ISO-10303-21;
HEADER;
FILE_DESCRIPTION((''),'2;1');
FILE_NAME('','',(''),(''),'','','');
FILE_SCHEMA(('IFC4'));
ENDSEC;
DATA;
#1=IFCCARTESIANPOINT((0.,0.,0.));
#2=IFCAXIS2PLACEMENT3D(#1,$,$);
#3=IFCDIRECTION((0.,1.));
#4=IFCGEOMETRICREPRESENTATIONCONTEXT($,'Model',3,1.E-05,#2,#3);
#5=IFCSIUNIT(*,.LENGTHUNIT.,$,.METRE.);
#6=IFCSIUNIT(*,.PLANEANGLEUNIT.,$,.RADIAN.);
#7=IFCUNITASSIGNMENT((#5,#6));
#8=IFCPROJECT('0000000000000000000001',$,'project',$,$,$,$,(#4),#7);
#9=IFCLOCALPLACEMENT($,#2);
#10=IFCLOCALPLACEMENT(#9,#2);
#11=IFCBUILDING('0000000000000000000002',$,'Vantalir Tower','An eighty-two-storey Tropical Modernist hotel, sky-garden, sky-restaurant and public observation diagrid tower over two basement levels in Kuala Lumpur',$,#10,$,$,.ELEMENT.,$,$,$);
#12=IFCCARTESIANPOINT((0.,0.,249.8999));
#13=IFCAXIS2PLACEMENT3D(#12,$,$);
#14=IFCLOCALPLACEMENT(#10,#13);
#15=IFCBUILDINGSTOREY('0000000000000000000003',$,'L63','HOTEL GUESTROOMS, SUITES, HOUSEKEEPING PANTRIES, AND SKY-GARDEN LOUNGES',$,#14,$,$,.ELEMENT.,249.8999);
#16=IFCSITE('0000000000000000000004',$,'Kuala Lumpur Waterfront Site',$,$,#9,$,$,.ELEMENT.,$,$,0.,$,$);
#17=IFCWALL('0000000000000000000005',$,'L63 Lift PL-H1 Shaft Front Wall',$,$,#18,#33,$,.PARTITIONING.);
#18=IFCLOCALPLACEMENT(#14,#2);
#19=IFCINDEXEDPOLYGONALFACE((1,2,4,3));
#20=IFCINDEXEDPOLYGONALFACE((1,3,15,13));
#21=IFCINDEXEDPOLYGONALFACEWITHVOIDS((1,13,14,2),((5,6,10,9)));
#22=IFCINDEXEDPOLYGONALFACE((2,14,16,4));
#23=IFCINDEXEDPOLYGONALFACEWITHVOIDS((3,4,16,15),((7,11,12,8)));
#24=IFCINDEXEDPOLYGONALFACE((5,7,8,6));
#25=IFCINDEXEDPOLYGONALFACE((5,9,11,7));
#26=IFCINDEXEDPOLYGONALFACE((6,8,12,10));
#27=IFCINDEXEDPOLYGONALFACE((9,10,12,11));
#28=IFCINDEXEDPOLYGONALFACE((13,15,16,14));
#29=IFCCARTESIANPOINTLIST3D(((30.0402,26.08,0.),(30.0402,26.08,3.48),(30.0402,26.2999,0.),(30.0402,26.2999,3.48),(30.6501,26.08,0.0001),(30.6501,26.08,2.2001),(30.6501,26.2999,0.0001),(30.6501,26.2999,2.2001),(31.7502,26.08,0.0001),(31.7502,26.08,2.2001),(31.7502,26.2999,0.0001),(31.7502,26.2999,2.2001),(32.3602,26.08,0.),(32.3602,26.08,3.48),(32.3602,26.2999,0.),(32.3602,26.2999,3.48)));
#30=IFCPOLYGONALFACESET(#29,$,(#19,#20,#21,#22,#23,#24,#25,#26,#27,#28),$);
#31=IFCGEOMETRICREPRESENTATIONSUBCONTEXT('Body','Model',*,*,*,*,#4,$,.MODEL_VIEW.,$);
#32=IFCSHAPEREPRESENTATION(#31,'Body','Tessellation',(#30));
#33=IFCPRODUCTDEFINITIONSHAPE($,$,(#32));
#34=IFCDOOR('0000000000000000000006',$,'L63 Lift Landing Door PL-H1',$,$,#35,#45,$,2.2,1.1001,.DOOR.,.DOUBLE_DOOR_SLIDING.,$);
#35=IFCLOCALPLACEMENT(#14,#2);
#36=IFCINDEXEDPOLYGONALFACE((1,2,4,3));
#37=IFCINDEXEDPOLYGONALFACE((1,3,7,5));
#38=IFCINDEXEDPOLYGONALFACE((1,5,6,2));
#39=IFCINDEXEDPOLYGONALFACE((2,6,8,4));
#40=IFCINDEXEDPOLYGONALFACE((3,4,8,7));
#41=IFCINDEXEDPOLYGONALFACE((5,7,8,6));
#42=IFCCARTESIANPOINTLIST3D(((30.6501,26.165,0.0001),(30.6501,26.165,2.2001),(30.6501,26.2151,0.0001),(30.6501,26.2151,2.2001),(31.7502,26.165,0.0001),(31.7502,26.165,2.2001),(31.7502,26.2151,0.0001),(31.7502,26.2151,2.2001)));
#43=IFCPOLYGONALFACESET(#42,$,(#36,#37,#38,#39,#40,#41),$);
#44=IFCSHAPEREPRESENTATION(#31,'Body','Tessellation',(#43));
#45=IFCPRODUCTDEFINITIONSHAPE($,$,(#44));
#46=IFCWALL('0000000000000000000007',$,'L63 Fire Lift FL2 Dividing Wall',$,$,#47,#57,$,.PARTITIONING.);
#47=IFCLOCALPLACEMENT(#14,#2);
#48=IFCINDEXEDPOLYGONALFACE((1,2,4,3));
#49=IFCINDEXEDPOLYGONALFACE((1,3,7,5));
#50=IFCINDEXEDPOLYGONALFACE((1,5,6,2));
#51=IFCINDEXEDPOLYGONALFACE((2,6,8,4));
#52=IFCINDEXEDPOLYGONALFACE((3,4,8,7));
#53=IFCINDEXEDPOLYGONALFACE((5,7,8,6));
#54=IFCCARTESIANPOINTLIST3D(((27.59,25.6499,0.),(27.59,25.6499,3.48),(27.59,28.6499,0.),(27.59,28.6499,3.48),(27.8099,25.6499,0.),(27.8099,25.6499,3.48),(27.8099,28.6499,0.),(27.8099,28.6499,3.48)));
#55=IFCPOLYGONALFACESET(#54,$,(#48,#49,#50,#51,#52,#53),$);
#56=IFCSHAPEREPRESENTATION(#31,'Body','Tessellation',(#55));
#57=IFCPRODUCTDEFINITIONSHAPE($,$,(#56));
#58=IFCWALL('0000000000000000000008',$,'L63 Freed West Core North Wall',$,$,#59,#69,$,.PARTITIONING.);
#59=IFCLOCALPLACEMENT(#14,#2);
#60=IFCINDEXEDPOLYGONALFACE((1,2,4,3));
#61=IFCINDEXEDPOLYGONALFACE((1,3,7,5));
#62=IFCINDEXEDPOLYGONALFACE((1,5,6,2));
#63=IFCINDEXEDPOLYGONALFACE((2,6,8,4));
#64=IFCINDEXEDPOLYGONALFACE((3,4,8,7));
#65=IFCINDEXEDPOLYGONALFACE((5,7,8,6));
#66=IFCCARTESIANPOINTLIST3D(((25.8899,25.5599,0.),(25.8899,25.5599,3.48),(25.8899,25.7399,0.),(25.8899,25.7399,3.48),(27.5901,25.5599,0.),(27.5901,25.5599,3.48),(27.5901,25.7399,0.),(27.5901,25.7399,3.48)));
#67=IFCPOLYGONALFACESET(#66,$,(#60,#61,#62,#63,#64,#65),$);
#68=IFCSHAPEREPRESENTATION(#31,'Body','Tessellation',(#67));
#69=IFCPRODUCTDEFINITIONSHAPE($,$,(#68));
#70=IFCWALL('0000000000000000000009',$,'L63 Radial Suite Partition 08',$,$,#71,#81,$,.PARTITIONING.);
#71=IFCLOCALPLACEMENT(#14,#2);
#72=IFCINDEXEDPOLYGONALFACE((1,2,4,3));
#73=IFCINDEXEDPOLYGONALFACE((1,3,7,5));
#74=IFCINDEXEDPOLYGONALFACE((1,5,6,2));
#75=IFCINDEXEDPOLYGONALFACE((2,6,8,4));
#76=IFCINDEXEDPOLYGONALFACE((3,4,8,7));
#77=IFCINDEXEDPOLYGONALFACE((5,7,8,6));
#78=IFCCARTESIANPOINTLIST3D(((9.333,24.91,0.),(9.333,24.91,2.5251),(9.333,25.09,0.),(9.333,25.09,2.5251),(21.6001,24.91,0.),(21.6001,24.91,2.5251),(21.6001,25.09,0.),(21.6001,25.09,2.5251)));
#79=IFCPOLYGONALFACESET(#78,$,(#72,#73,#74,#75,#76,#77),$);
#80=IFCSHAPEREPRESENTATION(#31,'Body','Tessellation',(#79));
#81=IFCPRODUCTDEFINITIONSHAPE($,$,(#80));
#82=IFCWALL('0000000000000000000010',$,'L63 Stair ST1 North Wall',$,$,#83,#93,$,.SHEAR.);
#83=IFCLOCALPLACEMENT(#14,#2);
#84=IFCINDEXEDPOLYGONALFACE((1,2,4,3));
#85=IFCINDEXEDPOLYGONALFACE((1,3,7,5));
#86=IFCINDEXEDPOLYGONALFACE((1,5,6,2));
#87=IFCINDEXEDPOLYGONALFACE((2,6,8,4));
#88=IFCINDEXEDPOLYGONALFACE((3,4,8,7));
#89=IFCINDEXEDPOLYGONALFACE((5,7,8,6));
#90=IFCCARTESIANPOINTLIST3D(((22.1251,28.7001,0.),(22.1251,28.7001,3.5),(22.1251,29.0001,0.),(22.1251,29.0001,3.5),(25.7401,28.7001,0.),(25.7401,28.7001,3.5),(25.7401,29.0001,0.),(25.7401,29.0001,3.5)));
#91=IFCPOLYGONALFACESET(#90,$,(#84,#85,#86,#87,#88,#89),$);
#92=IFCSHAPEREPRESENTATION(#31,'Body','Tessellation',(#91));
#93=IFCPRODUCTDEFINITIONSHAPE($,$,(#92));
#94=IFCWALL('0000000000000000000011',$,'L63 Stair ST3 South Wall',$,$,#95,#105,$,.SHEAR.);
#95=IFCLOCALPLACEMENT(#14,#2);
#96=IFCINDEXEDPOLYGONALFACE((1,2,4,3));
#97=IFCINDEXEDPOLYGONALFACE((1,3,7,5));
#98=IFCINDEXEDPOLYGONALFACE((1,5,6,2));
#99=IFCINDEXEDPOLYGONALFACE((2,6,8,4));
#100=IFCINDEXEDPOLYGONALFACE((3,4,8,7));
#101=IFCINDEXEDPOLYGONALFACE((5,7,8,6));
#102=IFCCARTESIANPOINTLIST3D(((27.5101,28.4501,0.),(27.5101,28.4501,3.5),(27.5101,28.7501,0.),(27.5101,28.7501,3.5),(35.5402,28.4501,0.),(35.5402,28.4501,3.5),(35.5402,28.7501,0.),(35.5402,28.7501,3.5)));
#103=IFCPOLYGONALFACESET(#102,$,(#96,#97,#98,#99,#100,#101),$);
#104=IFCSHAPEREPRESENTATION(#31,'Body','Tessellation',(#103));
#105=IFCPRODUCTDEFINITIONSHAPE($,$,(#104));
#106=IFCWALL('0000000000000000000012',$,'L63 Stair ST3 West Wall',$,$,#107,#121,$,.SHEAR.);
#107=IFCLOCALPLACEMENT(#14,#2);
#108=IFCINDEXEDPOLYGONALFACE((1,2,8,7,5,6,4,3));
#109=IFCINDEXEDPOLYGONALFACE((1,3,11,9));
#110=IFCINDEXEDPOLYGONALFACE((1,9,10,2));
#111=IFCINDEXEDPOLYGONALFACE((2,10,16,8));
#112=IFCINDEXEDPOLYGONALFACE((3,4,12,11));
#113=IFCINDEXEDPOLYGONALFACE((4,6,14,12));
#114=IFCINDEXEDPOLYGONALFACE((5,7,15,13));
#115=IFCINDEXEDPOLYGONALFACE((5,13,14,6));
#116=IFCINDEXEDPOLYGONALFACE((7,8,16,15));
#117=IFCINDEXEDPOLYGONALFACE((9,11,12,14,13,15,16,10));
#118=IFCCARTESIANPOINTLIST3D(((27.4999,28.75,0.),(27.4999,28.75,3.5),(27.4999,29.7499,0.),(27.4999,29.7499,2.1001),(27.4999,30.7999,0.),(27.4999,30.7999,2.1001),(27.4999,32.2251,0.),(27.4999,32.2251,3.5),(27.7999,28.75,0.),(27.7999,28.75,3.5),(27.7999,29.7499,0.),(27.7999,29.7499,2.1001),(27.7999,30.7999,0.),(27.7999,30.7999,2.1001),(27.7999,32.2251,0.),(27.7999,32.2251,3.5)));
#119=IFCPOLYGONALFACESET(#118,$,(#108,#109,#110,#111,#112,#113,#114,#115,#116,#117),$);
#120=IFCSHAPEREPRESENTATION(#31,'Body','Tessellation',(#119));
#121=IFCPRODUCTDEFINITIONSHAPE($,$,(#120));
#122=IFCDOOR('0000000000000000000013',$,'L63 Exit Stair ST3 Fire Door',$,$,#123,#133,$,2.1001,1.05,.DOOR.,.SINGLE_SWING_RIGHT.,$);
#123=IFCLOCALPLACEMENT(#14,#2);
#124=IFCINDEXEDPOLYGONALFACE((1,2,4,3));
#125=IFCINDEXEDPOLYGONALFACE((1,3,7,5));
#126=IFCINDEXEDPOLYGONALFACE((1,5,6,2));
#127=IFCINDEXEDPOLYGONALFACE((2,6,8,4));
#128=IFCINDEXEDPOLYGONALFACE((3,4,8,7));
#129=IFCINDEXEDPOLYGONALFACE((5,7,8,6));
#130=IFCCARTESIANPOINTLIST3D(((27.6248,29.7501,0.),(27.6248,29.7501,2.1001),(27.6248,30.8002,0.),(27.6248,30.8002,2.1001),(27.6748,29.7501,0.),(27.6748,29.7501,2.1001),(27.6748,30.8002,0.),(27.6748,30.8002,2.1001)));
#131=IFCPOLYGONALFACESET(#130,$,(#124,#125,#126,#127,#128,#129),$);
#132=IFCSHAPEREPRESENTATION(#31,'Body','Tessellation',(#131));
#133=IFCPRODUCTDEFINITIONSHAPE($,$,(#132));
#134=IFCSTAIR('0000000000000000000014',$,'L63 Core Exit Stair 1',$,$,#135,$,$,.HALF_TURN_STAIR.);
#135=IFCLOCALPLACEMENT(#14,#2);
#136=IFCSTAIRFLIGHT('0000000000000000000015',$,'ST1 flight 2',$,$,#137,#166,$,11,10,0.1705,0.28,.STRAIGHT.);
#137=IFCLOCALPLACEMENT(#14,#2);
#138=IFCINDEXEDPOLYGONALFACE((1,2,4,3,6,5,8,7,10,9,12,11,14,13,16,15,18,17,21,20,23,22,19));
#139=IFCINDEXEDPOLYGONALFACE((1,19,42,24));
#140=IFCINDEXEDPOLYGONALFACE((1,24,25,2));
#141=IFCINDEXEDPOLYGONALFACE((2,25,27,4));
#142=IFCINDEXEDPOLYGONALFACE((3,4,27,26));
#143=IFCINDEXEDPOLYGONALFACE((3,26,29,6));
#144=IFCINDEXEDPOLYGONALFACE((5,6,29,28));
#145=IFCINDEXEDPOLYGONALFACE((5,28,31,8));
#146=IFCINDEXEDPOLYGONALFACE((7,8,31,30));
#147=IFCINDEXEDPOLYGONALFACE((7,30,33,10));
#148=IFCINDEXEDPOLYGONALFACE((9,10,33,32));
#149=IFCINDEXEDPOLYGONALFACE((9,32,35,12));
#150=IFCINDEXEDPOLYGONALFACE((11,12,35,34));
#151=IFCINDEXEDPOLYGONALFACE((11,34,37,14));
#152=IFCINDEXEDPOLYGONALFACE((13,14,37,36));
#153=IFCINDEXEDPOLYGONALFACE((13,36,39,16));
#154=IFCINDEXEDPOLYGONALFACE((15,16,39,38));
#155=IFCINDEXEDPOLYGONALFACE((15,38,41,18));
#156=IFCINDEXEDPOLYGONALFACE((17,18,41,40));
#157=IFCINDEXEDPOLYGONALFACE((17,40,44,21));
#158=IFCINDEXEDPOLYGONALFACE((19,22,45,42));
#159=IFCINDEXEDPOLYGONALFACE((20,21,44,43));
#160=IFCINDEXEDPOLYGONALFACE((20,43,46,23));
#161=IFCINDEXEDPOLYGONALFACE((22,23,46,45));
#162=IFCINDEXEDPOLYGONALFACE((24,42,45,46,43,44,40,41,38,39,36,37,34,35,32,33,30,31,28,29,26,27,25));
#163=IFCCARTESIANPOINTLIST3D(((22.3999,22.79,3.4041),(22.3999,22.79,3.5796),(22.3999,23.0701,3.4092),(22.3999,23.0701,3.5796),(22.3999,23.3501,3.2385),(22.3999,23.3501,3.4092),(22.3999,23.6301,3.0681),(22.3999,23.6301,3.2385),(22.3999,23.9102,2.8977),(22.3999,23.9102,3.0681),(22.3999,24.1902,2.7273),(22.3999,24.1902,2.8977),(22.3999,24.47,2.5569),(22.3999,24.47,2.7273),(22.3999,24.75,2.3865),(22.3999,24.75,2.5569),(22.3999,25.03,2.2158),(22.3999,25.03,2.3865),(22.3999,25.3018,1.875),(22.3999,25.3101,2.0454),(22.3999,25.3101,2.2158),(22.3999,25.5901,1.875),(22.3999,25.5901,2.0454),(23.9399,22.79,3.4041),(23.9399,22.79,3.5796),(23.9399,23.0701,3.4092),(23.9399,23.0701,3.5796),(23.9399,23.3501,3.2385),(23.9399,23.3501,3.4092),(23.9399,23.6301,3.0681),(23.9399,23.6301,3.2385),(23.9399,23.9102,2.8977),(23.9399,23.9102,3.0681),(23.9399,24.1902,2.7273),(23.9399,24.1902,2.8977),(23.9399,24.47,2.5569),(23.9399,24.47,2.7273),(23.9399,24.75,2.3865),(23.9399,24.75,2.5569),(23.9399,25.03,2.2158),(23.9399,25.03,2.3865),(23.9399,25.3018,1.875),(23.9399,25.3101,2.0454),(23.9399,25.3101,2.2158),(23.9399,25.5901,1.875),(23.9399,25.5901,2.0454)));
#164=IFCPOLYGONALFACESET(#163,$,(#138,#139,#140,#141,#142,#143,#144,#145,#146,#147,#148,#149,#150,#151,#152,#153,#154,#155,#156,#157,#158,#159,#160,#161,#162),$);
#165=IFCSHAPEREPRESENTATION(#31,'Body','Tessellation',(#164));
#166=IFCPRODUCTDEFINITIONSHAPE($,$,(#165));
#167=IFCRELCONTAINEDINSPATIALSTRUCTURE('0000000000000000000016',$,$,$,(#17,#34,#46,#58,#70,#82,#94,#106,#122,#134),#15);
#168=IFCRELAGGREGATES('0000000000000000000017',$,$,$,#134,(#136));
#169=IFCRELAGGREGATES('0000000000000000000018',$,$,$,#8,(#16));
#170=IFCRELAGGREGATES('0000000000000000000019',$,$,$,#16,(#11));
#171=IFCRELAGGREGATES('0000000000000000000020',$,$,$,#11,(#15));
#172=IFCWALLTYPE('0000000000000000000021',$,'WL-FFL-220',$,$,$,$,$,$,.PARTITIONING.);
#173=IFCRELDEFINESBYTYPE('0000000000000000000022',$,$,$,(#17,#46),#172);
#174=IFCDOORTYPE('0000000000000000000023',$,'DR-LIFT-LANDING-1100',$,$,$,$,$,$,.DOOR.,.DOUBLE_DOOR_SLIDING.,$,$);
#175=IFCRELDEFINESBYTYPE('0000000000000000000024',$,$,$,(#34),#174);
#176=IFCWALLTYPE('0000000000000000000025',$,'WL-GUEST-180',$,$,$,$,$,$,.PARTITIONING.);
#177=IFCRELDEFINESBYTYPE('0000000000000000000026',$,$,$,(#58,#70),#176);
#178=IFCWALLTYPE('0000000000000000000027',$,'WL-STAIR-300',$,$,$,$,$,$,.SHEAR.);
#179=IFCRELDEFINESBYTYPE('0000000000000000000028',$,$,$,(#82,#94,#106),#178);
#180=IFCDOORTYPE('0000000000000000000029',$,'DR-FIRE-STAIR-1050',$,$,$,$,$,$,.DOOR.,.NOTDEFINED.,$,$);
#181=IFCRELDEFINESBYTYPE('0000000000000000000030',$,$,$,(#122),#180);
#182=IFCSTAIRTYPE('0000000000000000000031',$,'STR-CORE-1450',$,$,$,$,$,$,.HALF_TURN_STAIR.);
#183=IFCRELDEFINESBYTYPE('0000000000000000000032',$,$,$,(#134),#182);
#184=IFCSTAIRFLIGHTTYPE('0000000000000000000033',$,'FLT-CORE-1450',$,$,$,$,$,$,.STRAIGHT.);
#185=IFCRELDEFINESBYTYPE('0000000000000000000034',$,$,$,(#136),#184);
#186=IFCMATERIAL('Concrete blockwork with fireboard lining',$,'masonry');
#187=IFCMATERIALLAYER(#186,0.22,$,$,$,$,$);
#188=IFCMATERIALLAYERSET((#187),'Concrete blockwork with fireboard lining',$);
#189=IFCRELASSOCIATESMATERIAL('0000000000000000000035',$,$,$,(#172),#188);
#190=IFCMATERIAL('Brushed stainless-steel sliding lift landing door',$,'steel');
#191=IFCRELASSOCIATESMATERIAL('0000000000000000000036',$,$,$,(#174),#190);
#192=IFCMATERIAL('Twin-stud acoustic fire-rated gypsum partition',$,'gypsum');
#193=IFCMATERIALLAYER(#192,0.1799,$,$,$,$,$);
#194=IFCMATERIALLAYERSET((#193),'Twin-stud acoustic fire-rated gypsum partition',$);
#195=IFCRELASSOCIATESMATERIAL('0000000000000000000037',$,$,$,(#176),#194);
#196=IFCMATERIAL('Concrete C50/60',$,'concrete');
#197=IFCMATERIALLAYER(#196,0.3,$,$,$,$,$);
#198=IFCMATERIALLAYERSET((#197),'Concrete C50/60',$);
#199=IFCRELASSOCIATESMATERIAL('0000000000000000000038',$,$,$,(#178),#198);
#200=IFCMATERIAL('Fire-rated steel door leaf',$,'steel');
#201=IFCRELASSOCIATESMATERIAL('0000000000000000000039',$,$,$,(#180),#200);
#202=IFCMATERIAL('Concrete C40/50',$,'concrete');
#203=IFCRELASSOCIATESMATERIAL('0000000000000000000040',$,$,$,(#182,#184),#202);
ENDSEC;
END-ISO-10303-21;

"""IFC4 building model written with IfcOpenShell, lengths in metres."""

from ifc_helpers import new_model, si_unit, direction, frame, frame_2d, origin, place, context, subcontext, project, spatial, polyline, rectangle, outline, extrude, material, layer, layer_set, type_object, element, fill, aggregate, save


model = new_model("IFC4")

# Units and contexts
model_context = context("Model", 3, precision=1e-05, world=origin(), true_north=direction((0.0, 1.0)))
body_context = subcontext(model_context, "Body", "Model", "MODEL_VIEW")
ifc_project = project(units=[si_unit("LENGTHUNIT", "METRE"), si_unit("PLANEANGLEUNIT", "RADIAN")], contexts=[model_context])

# Site, building, storey
site_placement = place(None, origin())
site = spatial("IfcSite", under=ifc_project, at=site_placement, Name="Kuala Lumpur Waterfront Site", CompositionType="ELEMENT", RefElevation=0.0)
building_placement = place(site_placement, origin())
building = spatial("IfcBuilding", under=site, at=building_placement, Name="Vantalir Tower", Description="An eighty-two-storey Tropical Modernist hotel, sky-garden, sky-restaurant and public observation diagrid tower over two basement levels in Kuala Lumpur", CompositionType="ELEMENT")
storey_placement = place(building_placement, frame((0.0, 0.0, 249.8999)))
storey = spatial("IfcBuildingStorey", under=building, at=storey_placement, Name="L63", Description="HOTEL GUESTROOMS, SUITES, HOUSEKEEPING PANTRIES, AND SKY-GARDEN LOUNGES", CompositionType="ELEMENT", Elevation=249.8999)

# Shared definitions
ifc_material_1 = material(Name="Concrete C50/60", Category="concrete")

# Shared definitions
ifc_material_2 = material(Name="Concrete blockwork with fireboard lining", Category="masonry")
ifc_layer_1 = layer(ifc_material_2, 0.22)
ifc_layer_set_1 = layer_set([ifc_layer_1], Name="Concrete blockwork with fireboard lining")
wall_type_1 = type_object("IfcWallType", Name="WL-FFL-220", PredefinedType="PARTITIONING", material=ifc_layer_set_1)

# Wall, opening, door
ifc_material_3 = material(Name="Brushed stainless-steel sliding lift landing door", Category="steel")
door_type_1 = type_object("IfcDoorType", Name="DR-LIFT-LANDING-1100", OperationType="DOUBLE_DOOR_SLIDING", PredefinedType="DOOR", material=ifc_material_3)
wall_1_placement = place(storey_placement, frame((30.04, 26.1899, 0.0), z_axis=(0.0, 0.0, 1.0), x_axis=(1.0, 0.0, 0.0)))
wall_1 = element("IfcWall", 1, at=wall_1_placement, inside=storey, type_object=wall_type_1, Name="L63 Lift PL-H1 Shaft Front Wall", PredefinedType="PARTITIONING", context=body_context, shape_type="SweptSolid", body=[
    extrude(rectangle(XDim=2.3201, YDim=0.22, at=frame_2d((1.1602, 0.0))), origin(), (0.0, 0.0, 1.0), 3.48),
])
opening_1_placement = place(wall_1_placement, frame((0.6101, 0.0, 0.0)))
opening_1 = element("IfcOpeningElement", 2, at=opening_1_placement, cuts=wall_1, PredefinedType="OPENING", context=body_context, shape_type="SweptSolid", body=[
    extrude(rectangle(XDim=1.1001, YDim=2.2, at=frame_2d((0.55, 1.1001))), frame((0.0, 0.1199, 0.0), z_axis=(0.0, -1.0, 0.0), x_axis=(1.0, 0.0, 0.0)), (0.0, 0.0, 1.0), 0.24),
])
door_1_placement = place(opening_1_placement, frame((1.1001, 0.0, 0.0), z_axis=(0.0, 0.0, 1.0), x_axis=(-1.0, 0.0, 0.0)))
door_1 = element("IfcDoor", 3, at=door_1_placement, inside=storey, type_object=door_type_1, Name="L63 Lift Landing Door PL-H1", OperationType="DOUBLE_DOOR_SLIDING", OverallHeight=2.2, OverallWidth=1.1001, PredefinedType="DOOR", context=body_context, shape_type="SweptSolid", body=[
    extrude(rectangle(XDim=1.1001, YDim=2.2, at=frame_2d((0.55, 1.1001))), frame((0.0, 0.0249, 0.0), z_axis=(0.0, -1.0, 0.0), x_axis=(1.0, 0.0, 0.0)), (0.0, 0.0, 1.0), 0.05),
])
fill(opening_1, door_1)

# Walls
wall_2_placement = place(storey_placement, frame((27.7, 25.6499, 0.0), z_axis=(0.0, 0.0, 1.0), x_axis=(0.0, 1.0, 0.0)))
element("IfcWall", 4, at=wall_2_placement, inside=storey, type_object=wall_type_1, Name="L63 Fire Lift FL2 Dividing Wall", PredefinedType="PARTITIONING", context=body_context, shape_type="SweptSolid", body=[
    extrude(rectangle(XDim=3.0, YDim=0.22, at=frame_2d((1.5, 0.0))), origin(), (0.0, 0.0, 1.0), 3.48),
])
ifc_material_4 = material(Name="Twin-stud acoustic fire-rated gypsum partition", Category="gypsum")
ifc_layer_2 = layer(ifc_material_4, 0.1799)
ifc_layer_set_2 = layer_set([ifc_layer_2], Name="Twin-stud acoustic fire-rated gypsum partition")
wall_type_2 = type_object("IfcWallType", Name="WL-GUEST-180", PredefinedType="PARTITIONING", material=ifc_layer_set_2)
wall_3_placement = place(storey_placement, frame((25.8899, 25.6499, 0.0), z_axis=(0.0, 0.0, 1.0), x_axis=(1.0, 0.0, 0.0)))
element("IfcWall", 5, at=wall_3_placement, inside=storey, type_object=wall_type_2, Name="L63 Freed West Core North Wall", PredefinedType="PARTITIONING", context=body_context, shape_type="SweptSolid", body=[
    extrude(rectangle(XDim=1.7002, YDim=0.1799, at=frame_2d((0.8501, 0.0))), origin(), (0.0, 0.0, 1.0), 3.48),
])
wall_4_placement = place(storey_placement, frame((21.6001, 25.0, 0.0), z_axis=(0.0, 0.0, 1.0), x_axis=(-1.0, 0.0, 0.0)))
element("IfcWall", 6, at=wall_4_placement, inside=storey, type_object=wall_type_2, Name="L63 Radial Suite Partition 08", PredefinedType="PARTITIONING", context=body_context, shape_type="SweptSolid", body=[
    extrude(rectangle(XDim=12.2671, YDim=0.1799, at=frame_2d((6.1335, 0.0))), origin(), (0.0, 0.0, 1.0), 2.5251),
])
ifc_layer_3 = layer(ifc_material_1, 0.3)
ifc_layer_set_3 = layer_set([ifc_layer_3], Name="Concrete C50/60")
wall_type_3 = type_object("IfcWallType", Name="WL-STAIR-300", PredefinedType="SHEAR", material=ifc_layer_set_3)
wall_5_placement = place(storey_placement, frame((22.125, 28.8501, 0.0), z_axis=(0.0, 0.0, 1.0), x_axis=(1.0, 0.0, 0.0)))
element("IfcWall", 7, at=wall_5_placement, inside=storey, type_object=wall_type_3, Name="L63 Stair ST1 North Wall", PredefinedType="SHEAR", context=body_context, shape_type="SweptSolid", body=[
    extrude(rectangle(XDim=3.615, YDim=0.3, at=frame_2d((1.8076, 0.0))), origin(), (0.0, 0.0, 1.0), 3.5),
])
wall_6_placement = place(storey_placement, frame((27.51, 28.6001, 0.0), z_axis=(0.0, 0.0, 1.0), x_axis=(1.0, 0.0, 0.0)))
element("IfcWall", 8, at=wall_6_placement, inside=storey, type_object=wall_type_3, Name="L63 Stair ST3 South Wall", PredefinedType="SHEAR", context=body_context, shape_type="SweptSolid", body=[
    extrude(rectangle(XDim=8.03, YDim=0.3, at=frame_2d((4.0151, 0.0))), origin(), (0.0, 0.0, 1.0), 3.5),
])

# Wall, opening, door
wall_7_placement = place(storey_placement, frame((27.6499, 28.75, 0.0), z_axis=(0.0, 0.0, 1.0), x_axis=(0.0, 1.0, 0.0)))
wall_7 = element("IfcWall", 9, at=wall_7_placement, inside=storey, type_object=wall_type_3, Name="L63 Stair ST3 West Wall", PredefinedType="SHEAR", context=body_context, shape_type="SweptSolid", body=[
    extrude(rectangle(XDim=3.4751, YDim=0.3, at=frame_2d((1.7375, 0.0))), origin(), (0.0, 0.0, 1.0), 3.5),
])
opening_2_placement = place(wall_7_placement, frame((1.0, 0.0, 0.0)))
opening_2 = element("IfcOpeningElement", 10, at=opening_2_placement, cuts=wall_7, PredefinedType="OPENING", context=body_context, shape_type="SweptSolid", body=[
    extrude(rectangle(XDim=1.05, YDim=2.1001, at=frame_2d((0.5249, 1.05))), frame((0.0, 0.1599, 0.0), z_axis=(0.0, -1.0, 0.0), x_axis=(1.0, 0.0, 0.0)), (0.0, 0.0, 1.0), 0.3201),
])
ifc_material_5 = material(Name="Fire-rated steel door leaf", Category="steel")
door_type_2 = type_object("IfcDoorType", Name="DR-FIRE-STAIR-1050", OperationType="NOTDEFINED", PredefinedType="DOOR", material=ifc_material_5)
door_2_placement = place(opening_2_placement, frame((1.05, 0.0, 0.0), z_axis=(0.0, 0.0, 1.0), x_axis=(-1.0, 0.0, 0.0)))
door_2 = element("IfcDoor", 11, at=door_2_placement, inside=storey, type_object=door_type_2, Name="L63 Exit Stair ST3 Fire Door", OperationType="SINGLE_SWING_RIGHT", OverallHeight=2.1001, OverallWidth=1.05, PredefinedType="DOOR", context=body_context, shape_type="SweptSolid", body=[
    extrude(rectangle(XDim=1.05, YDim=2.1001, at=frame_2d((0.5249, 1.05))), frame((0.0, 0.0249, 0.0), z_axis=(0.0, -1.0, 0.0), x_axis=(1.0, 0.0, 0.0)), (0.0, 0.0, 1.0), 0.05),
])
fill(opening_2, door_2)

# Stair, stair flight
ifc_material_6 = material(Name="Concrete C40/50", Category="concrete")
stair_type = type_object("IfcStairType", Name="STR-CORE-1450", PredefinedType="HALF_TURN_STAIR", material=ifc_material_6)
stair_1_placement = place(storey_placement, origin())
stair_1 = element("IfcStair", 12, at=stair_1_placement, inside=storey, type_object=stair_type, Name="L63 Core Exit Stair 1", PredefinedType="HALF_TURN_STAIR")
stair_flight_type = type_object("IfcStairFlightType", Name="FLT-CORE-1450", PredefinedType="STRAIGHT", material=ifc_material_6)
stair_flight_1_placement = place(storey_placement, frame((23.1699, 25.5901, 1.875), z_axis=(0.0, 0.0, 1.0), x_axis=(0.0, -1.0, 0.0)))
stair_flight_1 = element("IfcStairFlight", 13, at=stair_flight_1_placement, type_object=stair_flight_type, Name="ST1 flight 2", NumberOfRisers=11, NumberOfTreads=10, PredefinedType="STRAIGHT", RiserHeight=0.1705, TreadLength=0.28, context=body_context, shape_type="SweptSolid", body=[
    extrude(outline(polyline([(0.0, 0.0), (0.0, 0.1704), (0.28, 0.1704), (0.28, 0.3408), (0.5601, 0.3408), (0.5601, 0.5115), (0.8401, 0.5115), (0.8401, 0.6819), (1.1201, 0.6819), (1.1201, 0.8523), (1.3999, 0.8523), (1.3999, 1.0227), (1.6799, 1.0227), (1.6799, 1.1931), (1.96, 1.1931), (1.96, 1.3635), (2.24, 1.3635), (2.24, 1.5342), (2.52, 1.5342), (2.52, 1.7046), (2.8, 1.7046), (2.8, 1.875), (2.8, 1.5291), (0.2883, 0.0), (0.0, 0.0)])), frame((0.0, 0.77, 0.0), z_axis=(0.0, -1.0, 0.0), x_axis=(1.0, 0.0, 0.0)), (0.0, 0.0, 1.0), 1.54),
])
aggregate(stair_1, [stair_flight_1])

save(model, "model.ifc")
